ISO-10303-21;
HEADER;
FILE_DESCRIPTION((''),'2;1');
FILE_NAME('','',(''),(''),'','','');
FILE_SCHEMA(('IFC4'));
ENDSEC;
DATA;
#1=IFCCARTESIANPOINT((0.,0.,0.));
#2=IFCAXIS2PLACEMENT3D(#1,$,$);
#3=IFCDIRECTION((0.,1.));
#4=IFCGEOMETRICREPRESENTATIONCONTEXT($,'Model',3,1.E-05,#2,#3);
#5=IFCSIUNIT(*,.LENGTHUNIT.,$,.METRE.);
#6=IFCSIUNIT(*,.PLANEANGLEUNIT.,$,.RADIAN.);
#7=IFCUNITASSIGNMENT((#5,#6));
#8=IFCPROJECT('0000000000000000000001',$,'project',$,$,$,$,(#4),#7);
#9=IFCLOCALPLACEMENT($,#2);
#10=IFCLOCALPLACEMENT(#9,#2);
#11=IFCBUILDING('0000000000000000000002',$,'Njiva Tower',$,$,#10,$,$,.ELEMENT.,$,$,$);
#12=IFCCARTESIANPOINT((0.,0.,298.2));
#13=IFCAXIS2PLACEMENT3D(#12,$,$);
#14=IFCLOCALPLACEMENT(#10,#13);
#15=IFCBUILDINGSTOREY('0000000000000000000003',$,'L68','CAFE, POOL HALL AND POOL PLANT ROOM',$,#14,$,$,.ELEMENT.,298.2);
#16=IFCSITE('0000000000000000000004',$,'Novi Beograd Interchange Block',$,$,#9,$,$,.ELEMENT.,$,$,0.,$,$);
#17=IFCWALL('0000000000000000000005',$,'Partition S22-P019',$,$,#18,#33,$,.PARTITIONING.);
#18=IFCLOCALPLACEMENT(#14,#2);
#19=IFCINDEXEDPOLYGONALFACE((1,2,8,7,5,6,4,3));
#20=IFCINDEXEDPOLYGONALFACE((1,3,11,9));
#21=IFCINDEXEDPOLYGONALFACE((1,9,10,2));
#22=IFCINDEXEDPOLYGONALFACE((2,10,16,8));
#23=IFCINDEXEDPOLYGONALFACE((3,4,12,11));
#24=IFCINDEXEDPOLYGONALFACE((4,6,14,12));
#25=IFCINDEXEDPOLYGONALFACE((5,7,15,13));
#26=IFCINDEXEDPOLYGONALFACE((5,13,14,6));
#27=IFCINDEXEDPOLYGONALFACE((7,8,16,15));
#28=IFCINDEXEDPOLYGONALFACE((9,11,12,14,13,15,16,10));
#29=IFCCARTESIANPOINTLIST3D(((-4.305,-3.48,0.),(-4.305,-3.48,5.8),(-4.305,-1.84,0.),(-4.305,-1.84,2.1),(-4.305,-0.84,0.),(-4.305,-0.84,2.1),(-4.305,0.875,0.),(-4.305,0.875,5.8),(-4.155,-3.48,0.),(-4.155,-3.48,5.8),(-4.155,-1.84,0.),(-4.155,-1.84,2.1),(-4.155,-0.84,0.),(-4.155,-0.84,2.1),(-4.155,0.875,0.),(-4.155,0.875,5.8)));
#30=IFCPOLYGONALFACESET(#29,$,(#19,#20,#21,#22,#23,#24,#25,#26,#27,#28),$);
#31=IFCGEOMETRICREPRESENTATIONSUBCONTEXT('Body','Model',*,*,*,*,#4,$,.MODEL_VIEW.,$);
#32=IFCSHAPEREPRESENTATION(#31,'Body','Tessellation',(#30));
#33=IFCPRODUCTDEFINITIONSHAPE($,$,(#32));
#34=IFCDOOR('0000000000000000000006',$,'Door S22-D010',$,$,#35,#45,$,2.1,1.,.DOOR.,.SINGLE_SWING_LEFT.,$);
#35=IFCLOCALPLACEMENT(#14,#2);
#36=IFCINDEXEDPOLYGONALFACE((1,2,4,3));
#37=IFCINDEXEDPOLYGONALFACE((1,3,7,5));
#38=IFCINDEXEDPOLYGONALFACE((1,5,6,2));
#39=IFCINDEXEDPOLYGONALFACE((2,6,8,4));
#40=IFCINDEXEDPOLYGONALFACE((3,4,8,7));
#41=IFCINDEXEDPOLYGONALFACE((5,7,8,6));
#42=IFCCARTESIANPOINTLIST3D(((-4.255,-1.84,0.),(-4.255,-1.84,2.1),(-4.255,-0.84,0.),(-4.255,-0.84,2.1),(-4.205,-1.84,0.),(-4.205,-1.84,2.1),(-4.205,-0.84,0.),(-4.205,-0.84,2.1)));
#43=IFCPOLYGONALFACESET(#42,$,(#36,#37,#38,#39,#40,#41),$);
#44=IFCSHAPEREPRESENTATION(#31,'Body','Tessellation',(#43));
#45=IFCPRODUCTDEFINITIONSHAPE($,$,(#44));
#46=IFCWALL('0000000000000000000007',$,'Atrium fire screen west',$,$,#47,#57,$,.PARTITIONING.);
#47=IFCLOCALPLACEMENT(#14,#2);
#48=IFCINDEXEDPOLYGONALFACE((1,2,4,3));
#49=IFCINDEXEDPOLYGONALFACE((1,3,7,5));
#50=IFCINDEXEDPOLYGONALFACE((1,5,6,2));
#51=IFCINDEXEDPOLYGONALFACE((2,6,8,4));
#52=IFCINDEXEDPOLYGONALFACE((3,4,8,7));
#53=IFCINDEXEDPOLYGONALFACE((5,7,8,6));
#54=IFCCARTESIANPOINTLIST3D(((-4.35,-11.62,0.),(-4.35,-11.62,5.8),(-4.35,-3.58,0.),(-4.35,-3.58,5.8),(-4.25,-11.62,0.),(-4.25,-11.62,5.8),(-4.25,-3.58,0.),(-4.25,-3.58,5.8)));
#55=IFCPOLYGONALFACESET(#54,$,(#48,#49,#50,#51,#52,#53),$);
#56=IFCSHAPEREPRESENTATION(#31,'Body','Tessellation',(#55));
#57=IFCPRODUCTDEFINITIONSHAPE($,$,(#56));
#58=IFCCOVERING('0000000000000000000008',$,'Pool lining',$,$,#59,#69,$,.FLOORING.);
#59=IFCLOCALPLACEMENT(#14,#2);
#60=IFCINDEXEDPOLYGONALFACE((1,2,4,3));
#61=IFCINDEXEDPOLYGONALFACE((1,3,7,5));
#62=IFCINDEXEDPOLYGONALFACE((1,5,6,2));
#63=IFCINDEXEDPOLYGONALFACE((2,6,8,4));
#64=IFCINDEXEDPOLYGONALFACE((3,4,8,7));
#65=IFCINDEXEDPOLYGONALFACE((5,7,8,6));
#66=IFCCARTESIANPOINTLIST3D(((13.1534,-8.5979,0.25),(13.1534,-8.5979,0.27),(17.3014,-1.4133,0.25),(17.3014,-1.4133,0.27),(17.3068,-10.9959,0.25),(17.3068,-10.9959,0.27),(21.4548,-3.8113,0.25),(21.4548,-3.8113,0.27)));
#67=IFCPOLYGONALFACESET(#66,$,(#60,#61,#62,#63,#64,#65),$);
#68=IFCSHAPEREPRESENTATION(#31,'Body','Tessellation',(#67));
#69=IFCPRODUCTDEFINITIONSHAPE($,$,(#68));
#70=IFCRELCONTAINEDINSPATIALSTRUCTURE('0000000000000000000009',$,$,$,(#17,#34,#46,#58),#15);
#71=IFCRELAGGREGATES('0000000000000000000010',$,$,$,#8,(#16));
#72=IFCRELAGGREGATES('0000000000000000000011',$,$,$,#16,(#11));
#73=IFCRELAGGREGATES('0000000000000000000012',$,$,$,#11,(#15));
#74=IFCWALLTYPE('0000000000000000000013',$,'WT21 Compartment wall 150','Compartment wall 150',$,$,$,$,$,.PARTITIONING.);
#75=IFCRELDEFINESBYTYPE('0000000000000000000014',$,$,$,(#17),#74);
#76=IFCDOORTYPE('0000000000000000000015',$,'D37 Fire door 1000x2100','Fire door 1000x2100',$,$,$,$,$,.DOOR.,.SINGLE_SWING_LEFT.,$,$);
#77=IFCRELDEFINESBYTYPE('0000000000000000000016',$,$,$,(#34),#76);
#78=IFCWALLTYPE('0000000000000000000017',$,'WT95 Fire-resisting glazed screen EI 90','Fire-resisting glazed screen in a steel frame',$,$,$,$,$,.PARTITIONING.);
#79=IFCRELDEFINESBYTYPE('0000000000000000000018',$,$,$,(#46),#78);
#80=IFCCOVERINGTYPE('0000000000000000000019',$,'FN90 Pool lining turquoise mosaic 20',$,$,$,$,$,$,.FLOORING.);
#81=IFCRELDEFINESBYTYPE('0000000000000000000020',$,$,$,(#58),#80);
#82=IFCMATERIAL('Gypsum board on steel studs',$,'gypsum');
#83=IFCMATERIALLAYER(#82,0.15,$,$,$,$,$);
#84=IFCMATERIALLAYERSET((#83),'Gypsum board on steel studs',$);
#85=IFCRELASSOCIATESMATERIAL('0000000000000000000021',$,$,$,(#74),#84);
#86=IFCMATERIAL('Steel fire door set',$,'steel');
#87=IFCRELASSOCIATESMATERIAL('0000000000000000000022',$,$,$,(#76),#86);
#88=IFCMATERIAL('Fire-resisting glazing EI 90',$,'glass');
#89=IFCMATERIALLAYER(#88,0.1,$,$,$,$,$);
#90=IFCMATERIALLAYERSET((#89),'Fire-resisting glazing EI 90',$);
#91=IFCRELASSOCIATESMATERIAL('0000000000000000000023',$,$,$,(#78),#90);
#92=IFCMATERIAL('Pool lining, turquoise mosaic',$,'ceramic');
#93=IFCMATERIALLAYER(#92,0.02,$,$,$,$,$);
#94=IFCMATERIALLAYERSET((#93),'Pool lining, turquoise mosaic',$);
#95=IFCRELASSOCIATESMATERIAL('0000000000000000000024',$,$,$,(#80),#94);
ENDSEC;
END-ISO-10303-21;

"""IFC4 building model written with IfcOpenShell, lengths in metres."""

from ifc_helpers import new_model, si_unit, direction, frame, frame_2d, origin, place, context, subcontext, project, spatial, polyline, rectangle, outline, extrude, material, layer, layer_set, type_object, element, fill, save


model = new_model("IFC4")

# Units and contexts
model_context = context("Model", 3, precision=1e-05, world=origin(), true_north=direction((0.0, 1.0)))
body_context = subcontext(model_context, "Body", "Model", "MODEL_VIEW")
ifc_project = project(units=[si_unit("LENGTHUNIT", "METRE"), si_unit("PLANEANGLEUNIT", "RADIAN")], contexts=[model_context])

# Site, building, storey
site_placement = place(None, origin())
site = spatial("IfcSite", under=ifc_project, at=site_placement, Name="Novi Beograd Interchange Block", CompositionType="ELEMENT", RefElevation=0.0)
building_placement = place(site_placement, origin())
building = spatial("IfcBuilding", under=site, at=building_placement, Name="Njiva Tower", CompositionType="ELEMENT")
storey_placement = place(building_placement, frame((0.0, 0.0, 298.2)))
storey = spatial("IfcBuildingStorey", under=building, at=storey_placement, Name="L68", Description="CAFE, POOL HALL AND POOL PLANT ROOM", CompositionType="ELEMENT", Elevation=298.2)

# Shared definitions
ifc_material_1 = material(Name="Gypsum board on steel studs", Category="gypsum")
ifc_layer_1 = layer(ifc_material_1, 0.15)
ifc_layer_set_1 = layer_set([ifc_layer_1], Name="Gypsum board on steel studs")
wall_type_1 = type_object("IfcWallType", Name="WT21 Compartment wall 150", Description="Compartment wall 150", PredefinedType="PARTITIONING", material=ifc_layer_set_1)
ifc_material_2 = material(Name="Steel fire door set", Category="steel")
door_type = type_object("IfcDoorType", Name="D37 Fire door 1000x2100", Description="Fire door 1000x2100", OperationType="SINGLE_SWING_LEFT", PredefinedType="DOOR", material=ifc_material_2)

# Wall, opening, door
wall_1_placement = place(storey_placement, frame((-4.23, -3.48, 0.0), z_axis=(0.0, 0.0, 1.0), x_axis=(0.0, 1.0, 0.0)))
wall_1 = element("IfcWall", 1, at=wall_1_placement, inside=storey, type_object=wall_type_1, Name="Partition S22-P019", PredefinedType="PARTITIONING", context=body_context, shape_type="SweptSolid", body=[
    extrude(rectangle(XDim=4.355, YDim=0.15, at=frame_2d((2.1775, 0.0))), origin(), (0.0, 0.0, 1.0), 5.8),
])
opening_1_placement = place(wall_1_placement, frame((1.64, 0.0, 0.0)))
opening_1 = element("IfcOpeningElement", 2, at=opening_1_placement, cuts=wall_1, PredefinedType="OPENING", context=body_context, shape_type="SweptSolid", body=[
    extrude(rectangle(XDim=1.0, YDim=2.1, at=frame_2d((0.5, 1.05))), frame((0.0, 0.085, 0.0), z_axis=(0.0, -1.0, 0.0), x_axis=(1.0, 0.0, 0.0)), (0.0, 0.0, 1.0), 0.17),
])
door_1_placement = place(opening_1_placement, origin())
door_1 = element("IfcDoor", 3, at=door_1_placement, inside=storey, type_object=door_type, Name="Door S22-D010", OperationType="SINGLE_SWING_LEFT", OverallHeight=2.1, OverallWidth=1.0, PredefinedType="DOOR", context=body_context, shape_type="SweptSolid", body=[
    extrude(rectangle(XDim=1.0, YDim=2.1, at=frame_2d((0.5, 1.05))), frame((0.0, 0.025, 0.0), z_axis=(0.0, -1.0, 0.0), x_axis=(1.0, 0.0, 0.0)), (0.0, 0.0, 1.0), 0.05),
])
fill(opening_1, door_1)

# Wall
ifc_material_3 = material(Name="Fire-resisting glazing EI 90", Category="glass")
ifc_layer_2 = layer(ifc_material_3, 0.1)
ifc_layer_set_2 = layer_set([ifc_layer_2], Name="Fire-resisting glazing EI 90")
wall_type_2 = type_object("IfcWallType", Name="WT95 Fire-resisting glazed screen EI 90", Description="Fire-resisting glazed screen in a steel frame", PredefinedType="PARTITIONING", material=ifc_layer_set_2)
wall_2_placement = place(storey_placement, frame((-4.3, -3.58, 0.0), z_axis=(0.0, 0.0, 1.0), x_axis=(0.0, -1.0, 0.0)))
element("IfcWall", 4, at=wall_2_placement, inside=storey, type_object=wall_type_2, Name="Atrium fire screen west", PredefinedType="PARTITIONING", context=body_context, shape_type="SweptSolid", body=[
    extrude(rectangle(XDim=8.04, YDim=0.1, at=frame_2d((4.02, 0.0))), origin(), (0.0, 0.0, 1.0), 5.8),
])

# Covering
ifc_material_4 = material(Name="Pool lining, turquoise mosaic", Category="ceramic")
ifc_layer_3 = layer(ifc_material_4, 0.02)
ifc_layer_set_3 = layer_set([ifc_layer_3], Name="Pool lining, turquoise mosaic")
covering_type = type_object("IfcCoveringType", Name="FN90 Pool lining turquoise mosaic 20", PredefinedType="FLOORING", material=ifc_layer_set_3)
covering_placement = place(storey_placement, frame((0.0, 0.0, 0.25)))
element("IfcCovering", 5, at=covering_placement, inside=storey, type_object=covering_type, Name="Pool lining", PredefinedType="FLOORING", context=body_context, shape_type="SweptSolid", body=[
    extrude(outline(polyline([(13.1534, -8.5979), (17.3014, -1.4133), (21.4548, -3.8113), (17.3068, -10.9959), (13.1534, -8.5979)])), origin(), (0.0, 0.0, 1.0), 0.02),
])

save(model, "model.ifc")
